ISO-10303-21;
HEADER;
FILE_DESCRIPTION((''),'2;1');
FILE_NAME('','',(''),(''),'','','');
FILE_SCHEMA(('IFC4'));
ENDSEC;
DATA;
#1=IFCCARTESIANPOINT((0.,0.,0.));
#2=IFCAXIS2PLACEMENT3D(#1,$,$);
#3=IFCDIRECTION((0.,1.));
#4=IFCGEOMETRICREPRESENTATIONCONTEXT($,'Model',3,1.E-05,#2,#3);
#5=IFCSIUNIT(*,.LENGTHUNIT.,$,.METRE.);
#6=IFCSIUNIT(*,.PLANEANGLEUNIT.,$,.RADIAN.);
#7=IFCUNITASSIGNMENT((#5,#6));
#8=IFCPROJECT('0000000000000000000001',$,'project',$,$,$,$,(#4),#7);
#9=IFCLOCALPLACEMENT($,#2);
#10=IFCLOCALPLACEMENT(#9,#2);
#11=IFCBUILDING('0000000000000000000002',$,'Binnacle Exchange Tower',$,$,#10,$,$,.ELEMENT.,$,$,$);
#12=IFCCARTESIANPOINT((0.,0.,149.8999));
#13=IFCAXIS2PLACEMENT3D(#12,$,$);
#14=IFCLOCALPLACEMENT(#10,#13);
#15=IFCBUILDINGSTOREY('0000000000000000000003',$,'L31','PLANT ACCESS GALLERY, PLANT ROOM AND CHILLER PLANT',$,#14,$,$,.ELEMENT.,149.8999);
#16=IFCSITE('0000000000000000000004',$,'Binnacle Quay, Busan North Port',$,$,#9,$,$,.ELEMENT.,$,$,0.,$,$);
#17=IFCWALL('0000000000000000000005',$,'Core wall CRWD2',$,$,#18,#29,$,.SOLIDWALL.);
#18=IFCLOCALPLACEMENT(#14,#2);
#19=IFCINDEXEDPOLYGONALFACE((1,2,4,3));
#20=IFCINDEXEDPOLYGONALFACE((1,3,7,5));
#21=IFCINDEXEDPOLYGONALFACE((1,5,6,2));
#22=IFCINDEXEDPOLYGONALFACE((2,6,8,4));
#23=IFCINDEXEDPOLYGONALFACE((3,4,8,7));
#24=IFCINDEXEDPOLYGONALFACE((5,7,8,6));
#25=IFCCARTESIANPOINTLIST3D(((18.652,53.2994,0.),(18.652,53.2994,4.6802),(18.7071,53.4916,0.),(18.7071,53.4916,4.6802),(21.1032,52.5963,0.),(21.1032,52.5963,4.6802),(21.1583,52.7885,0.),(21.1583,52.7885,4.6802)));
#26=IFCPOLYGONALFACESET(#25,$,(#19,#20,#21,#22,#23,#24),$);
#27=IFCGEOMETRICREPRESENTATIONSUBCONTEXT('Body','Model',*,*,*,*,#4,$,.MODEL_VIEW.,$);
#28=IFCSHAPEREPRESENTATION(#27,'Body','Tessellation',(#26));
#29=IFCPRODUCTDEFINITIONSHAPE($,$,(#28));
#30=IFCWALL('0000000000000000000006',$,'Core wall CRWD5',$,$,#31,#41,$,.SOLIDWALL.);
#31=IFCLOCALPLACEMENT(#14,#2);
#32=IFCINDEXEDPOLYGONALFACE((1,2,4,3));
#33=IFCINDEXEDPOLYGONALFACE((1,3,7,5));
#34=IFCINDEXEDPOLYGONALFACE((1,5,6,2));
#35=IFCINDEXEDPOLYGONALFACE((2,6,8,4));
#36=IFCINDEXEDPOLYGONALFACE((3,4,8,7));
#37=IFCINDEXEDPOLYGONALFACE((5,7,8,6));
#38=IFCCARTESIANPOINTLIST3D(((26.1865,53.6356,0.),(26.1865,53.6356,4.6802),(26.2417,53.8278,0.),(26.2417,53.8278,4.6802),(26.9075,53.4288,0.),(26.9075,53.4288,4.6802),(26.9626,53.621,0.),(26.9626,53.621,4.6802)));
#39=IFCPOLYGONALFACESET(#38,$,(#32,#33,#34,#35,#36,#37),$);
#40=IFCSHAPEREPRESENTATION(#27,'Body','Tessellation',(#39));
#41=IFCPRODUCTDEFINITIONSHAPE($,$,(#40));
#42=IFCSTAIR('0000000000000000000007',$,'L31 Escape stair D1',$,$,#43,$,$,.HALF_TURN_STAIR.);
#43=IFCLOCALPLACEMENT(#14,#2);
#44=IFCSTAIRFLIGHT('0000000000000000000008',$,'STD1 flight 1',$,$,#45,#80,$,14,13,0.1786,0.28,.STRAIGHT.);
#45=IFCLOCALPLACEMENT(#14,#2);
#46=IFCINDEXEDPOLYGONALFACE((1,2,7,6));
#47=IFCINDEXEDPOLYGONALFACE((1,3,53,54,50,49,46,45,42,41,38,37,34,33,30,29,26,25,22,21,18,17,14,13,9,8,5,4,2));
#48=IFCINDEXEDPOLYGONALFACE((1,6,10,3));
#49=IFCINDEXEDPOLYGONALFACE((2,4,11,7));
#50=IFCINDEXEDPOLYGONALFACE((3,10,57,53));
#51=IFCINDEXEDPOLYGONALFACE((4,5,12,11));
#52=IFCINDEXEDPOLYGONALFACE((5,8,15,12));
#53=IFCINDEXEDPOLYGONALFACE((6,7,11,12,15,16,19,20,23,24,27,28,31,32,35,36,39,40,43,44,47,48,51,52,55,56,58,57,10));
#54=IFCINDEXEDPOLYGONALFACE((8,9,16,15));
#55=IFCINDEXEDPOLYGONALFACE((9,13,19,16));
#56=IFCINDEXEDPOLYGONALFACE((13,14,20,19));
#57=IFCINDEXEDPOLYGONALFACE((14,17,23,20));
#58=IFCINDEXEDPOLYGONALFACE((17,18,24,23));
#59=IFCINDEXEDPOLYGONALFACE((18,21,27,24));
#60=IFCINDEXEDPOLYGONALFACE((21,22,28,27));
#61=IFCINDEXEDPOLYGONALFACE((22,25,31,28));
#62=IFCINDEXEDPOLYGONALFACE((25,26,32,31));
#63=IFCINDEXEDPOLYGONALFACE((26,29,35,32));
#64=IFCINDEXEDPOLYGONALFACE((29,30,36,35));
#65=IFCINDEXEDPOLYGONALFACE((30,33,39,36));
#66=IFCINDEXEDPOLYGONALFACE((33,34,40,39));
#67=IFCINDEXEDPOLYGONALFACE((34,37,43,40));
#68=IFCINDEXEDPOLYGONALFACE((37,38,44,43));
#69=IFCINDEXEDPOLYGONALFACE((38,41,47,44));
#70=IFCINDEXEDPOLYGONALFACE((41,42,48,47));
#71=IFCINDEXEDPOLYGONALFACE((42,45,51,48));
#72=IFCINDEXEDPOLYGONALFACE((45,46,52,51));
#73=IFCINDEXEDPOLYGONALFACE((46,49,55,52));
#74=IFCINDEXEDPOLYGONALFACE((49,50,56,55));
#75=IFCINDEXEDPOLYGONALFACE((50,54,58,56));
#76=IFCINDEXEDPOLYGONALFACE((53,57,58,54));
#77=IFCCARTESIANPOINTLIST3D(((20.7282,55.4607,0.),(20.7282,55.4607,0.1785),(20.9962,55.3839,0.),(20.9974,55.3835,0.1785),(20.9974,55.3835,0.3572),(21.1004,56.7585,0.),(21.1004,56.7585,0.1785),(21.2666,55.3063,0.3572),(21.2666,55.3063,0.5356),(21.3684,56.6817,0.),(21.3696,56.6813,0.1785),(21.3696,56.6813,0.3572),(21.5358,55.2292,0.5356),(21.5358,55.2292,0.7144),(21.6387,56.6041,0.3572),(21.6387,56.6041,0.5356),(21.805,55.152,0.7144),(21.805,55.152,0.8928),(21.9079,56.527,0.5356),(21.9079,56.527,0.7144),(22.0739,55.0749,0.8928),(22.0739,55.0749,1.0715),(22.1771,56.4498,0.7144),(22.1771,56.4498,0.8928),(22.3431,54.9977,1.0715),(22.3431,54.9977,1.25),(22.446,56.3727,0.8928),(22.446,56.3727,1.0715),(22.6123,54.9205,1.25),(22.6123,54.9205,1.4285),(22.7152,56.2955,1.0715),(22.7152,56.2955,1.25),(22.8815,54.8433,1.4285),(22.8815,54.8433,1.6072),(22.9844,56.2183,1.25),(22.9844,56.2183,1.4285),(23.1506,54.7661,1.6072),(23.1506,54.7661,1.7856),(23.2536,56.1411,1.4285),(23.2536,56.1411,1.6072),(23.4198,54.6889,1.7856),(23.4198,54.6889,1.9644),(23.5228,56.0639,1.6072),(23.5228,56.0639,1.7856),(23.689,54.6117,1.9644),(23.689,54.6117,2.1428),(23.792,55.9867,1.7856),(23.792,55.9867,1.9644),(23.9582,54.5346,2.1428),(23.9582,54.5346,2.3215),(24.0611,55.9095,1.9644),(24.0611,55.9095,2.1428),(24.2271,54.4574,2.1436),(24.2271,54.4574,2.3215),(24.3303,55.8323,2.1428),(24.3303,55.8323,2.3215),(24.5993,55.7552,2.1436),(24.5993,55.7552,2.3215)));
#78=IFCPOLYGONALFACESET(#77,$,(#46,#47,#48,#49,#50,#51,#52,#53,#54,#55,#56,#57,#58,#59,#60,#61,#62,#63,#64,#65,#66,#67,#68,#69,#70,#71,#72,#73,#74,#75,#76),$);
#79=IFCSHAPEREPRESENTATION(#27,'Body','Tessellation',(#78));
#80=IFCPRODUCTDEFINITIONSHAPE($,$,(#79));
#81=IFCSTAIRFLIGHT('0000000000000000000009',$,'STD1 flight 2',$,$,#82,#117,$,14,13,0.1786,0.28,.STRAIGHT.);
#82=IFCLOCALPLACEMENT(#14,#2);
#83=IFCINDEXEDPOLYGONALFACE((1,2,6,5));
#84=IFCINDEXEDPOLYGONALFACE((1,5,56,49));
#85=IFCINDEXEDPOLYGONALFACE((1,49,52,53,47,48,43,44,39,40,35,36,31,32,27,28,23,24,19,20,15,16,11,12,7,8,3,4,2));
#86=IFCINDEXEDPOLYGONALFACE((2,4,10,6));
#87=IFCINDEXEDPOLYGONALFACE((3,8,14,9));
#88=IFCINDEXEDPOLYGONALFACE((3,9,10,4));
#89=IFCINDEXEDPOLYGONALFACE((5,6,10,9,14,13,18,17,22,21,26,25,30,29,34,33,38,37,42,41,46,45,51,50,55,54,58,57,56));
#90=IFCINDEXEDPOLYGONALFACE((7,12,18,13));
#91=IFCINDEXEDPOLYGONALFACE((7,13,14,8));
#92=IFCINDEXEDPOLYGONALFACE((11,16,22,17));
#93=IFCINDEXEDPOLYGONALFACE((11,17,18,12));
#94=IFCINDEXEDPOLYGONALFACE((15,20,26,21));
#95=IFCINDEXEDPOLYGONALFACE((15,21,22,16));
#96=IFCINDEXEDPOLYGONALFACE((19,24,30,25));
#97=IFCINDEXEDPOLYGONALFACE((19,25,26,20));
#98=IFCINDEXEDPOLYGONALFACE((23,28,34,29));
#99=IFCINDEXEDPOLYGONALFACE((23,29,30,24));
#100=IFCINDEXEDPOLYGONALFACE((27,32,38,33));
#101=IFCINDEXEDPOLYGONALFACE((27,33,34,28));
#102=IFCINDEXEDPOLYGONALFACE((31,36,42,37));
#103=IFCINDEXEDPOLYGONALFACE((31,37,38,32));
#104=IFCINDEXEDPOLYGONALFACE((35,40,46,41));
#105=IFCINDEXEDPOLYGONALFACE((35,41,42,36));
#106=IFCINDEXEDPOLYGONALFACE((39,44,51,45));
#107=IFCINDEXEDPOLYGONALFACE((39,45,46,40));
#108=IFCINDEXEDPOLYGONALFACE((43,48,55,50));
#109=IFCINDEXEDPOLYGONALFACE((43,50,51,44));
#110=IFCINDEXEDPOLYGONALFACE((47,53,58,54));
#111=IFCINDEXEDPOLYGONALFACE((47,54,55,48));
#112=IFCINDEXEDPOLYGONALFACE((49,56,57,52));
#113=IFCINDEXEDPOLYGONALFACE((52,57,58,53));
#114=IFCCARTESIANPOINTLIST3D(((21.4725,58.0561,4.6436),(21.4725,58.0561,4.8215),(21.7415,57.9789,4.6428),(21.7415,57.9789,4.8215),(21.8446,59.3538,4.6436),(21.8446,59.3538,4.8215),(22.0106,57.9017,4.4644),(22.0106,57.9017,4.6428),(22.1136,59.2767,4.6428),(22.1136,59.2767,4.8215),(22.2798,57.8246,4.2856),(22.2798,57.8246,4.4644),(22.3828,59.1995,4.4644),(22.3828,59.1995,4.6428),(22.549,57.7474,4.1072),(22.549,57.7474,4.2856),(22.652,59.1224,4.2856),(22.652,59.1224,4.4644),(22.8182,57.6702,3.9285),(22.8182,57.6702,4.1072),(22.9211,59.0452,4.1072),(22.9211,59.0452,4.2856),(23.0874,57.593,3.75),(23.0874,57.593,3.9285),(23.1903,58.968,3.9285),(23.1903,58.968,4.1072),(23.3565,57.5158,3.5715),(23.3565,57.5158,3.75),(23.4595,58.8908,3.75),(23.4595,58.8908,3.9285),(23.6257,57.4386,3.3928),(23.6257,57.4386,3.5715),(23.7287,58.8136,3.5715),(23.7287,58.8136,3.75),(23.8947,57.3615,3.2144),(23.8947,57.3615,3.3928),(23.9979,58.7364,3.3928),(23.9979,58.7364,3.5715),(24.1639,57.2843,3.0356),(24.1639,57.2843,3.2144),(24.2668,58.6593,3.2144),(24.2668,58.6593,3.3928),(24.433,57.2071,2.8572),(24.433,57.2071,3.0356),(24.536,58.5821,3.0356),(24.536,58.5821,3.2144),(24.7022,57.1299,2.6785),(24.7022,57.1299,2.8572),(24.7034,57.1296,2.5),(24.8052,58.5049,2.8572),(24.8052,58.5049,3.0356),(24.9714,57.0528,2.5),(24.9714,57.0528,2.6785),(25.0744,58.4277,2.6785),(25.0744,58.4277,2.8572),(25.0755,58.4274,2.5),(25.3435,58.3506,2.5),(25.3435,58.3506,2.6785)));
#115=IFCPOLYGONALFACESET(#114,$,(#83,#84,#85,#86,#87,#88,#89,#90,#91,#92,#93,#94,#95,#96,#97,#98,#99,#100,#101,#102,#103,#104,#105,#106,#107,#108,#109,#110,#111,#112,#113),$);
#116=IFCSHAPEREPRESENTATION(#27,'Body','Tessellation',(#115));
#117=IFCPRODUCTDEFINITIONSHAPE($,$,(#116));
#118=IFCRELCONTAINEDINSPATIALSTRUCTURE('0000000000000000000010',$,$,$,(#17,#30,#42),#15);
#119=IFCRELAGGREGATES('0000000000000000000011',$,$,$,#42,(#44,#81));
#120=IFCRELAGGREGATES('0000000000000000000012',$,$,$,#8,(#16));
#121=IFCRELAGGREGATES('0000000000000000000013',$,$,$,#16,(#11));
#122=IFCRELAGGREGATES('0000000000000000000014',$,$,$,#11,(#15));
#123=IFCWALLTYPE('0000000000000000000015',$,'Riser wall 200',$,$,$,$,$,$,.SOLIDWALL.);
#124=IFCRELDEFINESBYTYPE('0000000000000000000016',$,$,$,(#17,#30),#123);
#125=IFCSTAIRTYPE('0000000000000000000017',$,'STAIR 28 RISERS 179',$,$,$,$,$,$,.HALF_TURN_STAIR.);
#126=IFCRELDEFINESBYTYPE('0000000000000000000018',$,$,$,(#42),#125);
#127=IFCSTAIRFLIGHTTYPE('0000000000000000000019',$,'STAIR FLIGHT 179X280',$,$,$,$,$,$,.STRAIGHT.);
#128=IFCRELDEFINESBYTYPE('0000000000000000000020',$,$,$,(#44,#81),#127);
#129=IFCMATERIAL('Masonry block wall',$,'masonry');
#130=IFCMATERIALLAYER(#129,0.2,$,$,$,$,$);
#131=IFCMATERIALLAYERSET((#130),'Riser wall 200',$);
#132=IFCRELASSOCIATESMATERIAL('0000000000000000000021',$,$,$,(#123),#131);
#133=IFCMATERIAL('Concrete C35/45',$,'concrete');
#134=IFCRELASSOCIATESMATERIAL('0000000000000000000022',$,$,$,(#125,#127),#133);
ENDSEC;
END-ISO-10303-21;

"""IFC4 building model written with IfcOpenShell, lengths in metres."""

from ifc_helpers import new_model, si_unit, direction, frame, frame_2d, origin, place, context, subcontext, project, spatial, polyline, rectangle, outline, extrude, material, layer, layer_set, type_object, element, aggregate, save


model = new_model("IFC4")

# Units and contexts
model_context = context("Model", 3, precision=1e-05, world=origin(), true_north=direction((0.0, 1.0)))
body_context = subcontext(model_context, "Body", "Model", "MODEL_VIEW")
ifc_project = project(units=[si_unit("LENGTHUNIT", "METRE"), si_unit("PLANEANGLEUNIT", "RADIAN")], contexts=[model_context])

# Site, building, storey
site_placement = place(None, origin())
site = spatial("IfcSite", under=ifc_project, at=site_placement, Name="Binnacle Quay, Busan North Port", CompositionType="ELEMENT", RefElevation=0.0)
building_placement = place(site_placement, origin())
building = spatial("IfcBuilding", under=site, at=building_placement, Name="Binnacle Exchange Tower", CompositionType="ELEMENT")
storey_placement = place(building_placement, frame((0.0, 0.0, 149.8999)))
storey = spatial("IfcBuildingStorey", under=building, at=storey_placement, Name="L31", Description="PLANT ACCESS GALLERY, PLANT ROOM AND CHILLER PLANT", CompositionType="ELEMENT", Elevation=149.8999)

# Shared definitions
ifc_material_1 = material(Name="Masonry block wall", Category="masonry")

# Walls
ifc_layer_1 = layer(ifc_material_1, 0.2)
ifc_layer_set_1 = layer_set([ifc_layer_1], Name="Riser wall 200")
wall_type_1 = type_object("IfcWallType", Name="Riser wall 200", PredefinedType="SOLIDWALL", material=ifc_layer_set_1)
wall_1_placement = place(storey_placement, frame((18.6797, 53.3955, 0.0), z_axis=(0.0, 0.0, 1.0), x_axis=(0.961234, -0.275733, 0.0)))
element("IfcWall", 1, at=wall_1_placement, inside=storey, type_object=wall_type_1, Name="Core wall CRWD2", PredefinedType="SOLIDWALL", context=body_context, shape_type="SweptSolid", body=[
    extrude(rectangle(XDim=2.55, YDim=0.2, at=frame_2d((1.2749, 0.0))), origin(), (0.0, 0.0, 1.0), 4.6802),
])
wall_2_placement = place(storey_placement, frame((26.2141, 53.7317, 0.0), z_axis=(0.0, 0.0, 1.0), x_axis=(0.961241, -0.27571, 0.0)))
element("IfcWall", 2, at=wall_2_placement, inside=storey, type_object=wall_type_1, Name="Core wall CRWD5", PredefinedType="SOLIDWALL", context=body_context, shape_type="SweptSolid", body=[
    extrude(rectangle(XDim=0.75, YDim=0.2, at=frame_2d((0.375, 0.0))), origin(), (0.0, 0.0, 1.0), 4.6802),
])

# Stair, stair flights
ifc_material_2 = material(Name="Concrete C35/45", Category="concrete")
stair_type = type_object("IfcStairType", Name="STAIR 28 RISERS 179", PredefinedType="HALF_TURN_STAIR", material=ifc_material_2)
stair_placement = place(storey_placement, origin())
stair = element("IfcStair", 3, at=stair_placement, inside=storey, type_object=stair_type, Name="L31 Escape stair D1", PredefinedType="HALF_TURN_STAIR")
stair_flight_type = type_object("IfcStairFlightType", Name="STAIR FLIGHT 179X280", PredefinedType="STRAIGHT", material=ifc_material_2)
stair_flight_1_placement = place(storey_placement, frame((20.9143, 56.1096, 0.0), z_axis=(0.0, 0.0, 1.0), x_axis=(0.961262, -0.275637, 0.0)))
stair_flight_1 = element("IfcStairFlight", 4, at=stair_flight_1_placement, type_object=stair_flight_type, Name="STD1 flight 1", NumberOfRisers=14, NumberOfTreads=13, PredefinedType="STRAIGHT", RiserHeight=0.1786, TreadLength=0.28, context=body_context, shape_type="SweptSolid", body=[
    extrude(outline(polyline([(0.0, 0.0), (0.0, 0.1785), (0.28, 0.1785), (0.28, 0.3572), (0.5601, 0.3572), (0.5601, 0.5356), (0.8401, 0.5356), (0.8401, 0.7144), (1.1201, 0.7144), (1.1201, 0.8928), (1.3999, 0.8928), (1.3999, 1.0715), (1.6799, 1.0715), (1.6799, 1.25), (1.96, 1.25), (1.96, 1.4285), (2.24, 1.4285), (2.24, 1.6072), (2.52, 1.6072), (2.52, 1.7856), (2.8, 1.7856), (2.8, 1.9644), (3.0801, 1.9644), (3.0801, 2.1428), (3.3601, 2.1428), (3.3601, 2.3215), (3.6399, 2.3215), (3.6399, 2.5), (3.6399, 2.1436), (0.2788, 0.0), (0.0, 0.0)])), frame((0.0, 0.675, 0.0), z_axis=(0.0, -1.0, 0.0), x_axis=(1.0, 0.0, 0.0)), (0.0, 0.0, 1.0), 1.3501),
])
stair_flight_2_placement = place(storey_placement, frame((25.1575, 57.7017, 2.5), z_axis=(0.0, 0.0, 1.0), x_axis=(-0.961262, 0.275637, 0.0)))
stair_flight_2 = element("IfcStairFlight", 5, at=stair_flight_2_placement, type_object=stair_flight_type, Name="STD1 flight 2", NumberOfRisers=14, NumberOfTreads=13, PredefinedType="STRAIGHT", RiserHeight=0.1786, TreadLength=0.28, context=body_context, shape_type="SweptSolid", body=[
    extrude(outline(polyline([(0.0, 0.0), (0.0, 0.1785), (0.28, 0.1785), (0.28, 0.3572), (0.5601, 0.3572), (0.5601, 0.5356), (0.8401, 0.5356), (0.8401, 0.7144), (1.1201, 0.7144), (1.1201, 0.8928), (1.3999, 0.8928), (1.3999, 1.0715), (1.6799, 1.0715), (1.6799, 1.25), (1.96, 1.25), (1.96, 1.4285), (2.24, 1.4285), (2.24, 1.6072), (2.52, 1.6072), (2.52, 1.7856), (2.8, 1.7856), (2.8, 1.9644), (3.0801, 1.9644), (3.0801, 2.1428), (3.3601, 2.1428), (3.3601, 2.3215), (3.6399, 2.3215), (3.6399, 2.5), (3.6399, 2.1436), (0.2788, 0.0), (0.0, 0.0)])), frame((0.0, 0.675, 0.0), z_axis=(0.0, -1.0, 0.0), x_axis=(1.0, 0.0, 0.0)), (0.0, 0.0, 1.0), 1.3501),
])
aggregate(stair, [stair_flight_1, stair_flight_2])

save(model, "model.ifc")
